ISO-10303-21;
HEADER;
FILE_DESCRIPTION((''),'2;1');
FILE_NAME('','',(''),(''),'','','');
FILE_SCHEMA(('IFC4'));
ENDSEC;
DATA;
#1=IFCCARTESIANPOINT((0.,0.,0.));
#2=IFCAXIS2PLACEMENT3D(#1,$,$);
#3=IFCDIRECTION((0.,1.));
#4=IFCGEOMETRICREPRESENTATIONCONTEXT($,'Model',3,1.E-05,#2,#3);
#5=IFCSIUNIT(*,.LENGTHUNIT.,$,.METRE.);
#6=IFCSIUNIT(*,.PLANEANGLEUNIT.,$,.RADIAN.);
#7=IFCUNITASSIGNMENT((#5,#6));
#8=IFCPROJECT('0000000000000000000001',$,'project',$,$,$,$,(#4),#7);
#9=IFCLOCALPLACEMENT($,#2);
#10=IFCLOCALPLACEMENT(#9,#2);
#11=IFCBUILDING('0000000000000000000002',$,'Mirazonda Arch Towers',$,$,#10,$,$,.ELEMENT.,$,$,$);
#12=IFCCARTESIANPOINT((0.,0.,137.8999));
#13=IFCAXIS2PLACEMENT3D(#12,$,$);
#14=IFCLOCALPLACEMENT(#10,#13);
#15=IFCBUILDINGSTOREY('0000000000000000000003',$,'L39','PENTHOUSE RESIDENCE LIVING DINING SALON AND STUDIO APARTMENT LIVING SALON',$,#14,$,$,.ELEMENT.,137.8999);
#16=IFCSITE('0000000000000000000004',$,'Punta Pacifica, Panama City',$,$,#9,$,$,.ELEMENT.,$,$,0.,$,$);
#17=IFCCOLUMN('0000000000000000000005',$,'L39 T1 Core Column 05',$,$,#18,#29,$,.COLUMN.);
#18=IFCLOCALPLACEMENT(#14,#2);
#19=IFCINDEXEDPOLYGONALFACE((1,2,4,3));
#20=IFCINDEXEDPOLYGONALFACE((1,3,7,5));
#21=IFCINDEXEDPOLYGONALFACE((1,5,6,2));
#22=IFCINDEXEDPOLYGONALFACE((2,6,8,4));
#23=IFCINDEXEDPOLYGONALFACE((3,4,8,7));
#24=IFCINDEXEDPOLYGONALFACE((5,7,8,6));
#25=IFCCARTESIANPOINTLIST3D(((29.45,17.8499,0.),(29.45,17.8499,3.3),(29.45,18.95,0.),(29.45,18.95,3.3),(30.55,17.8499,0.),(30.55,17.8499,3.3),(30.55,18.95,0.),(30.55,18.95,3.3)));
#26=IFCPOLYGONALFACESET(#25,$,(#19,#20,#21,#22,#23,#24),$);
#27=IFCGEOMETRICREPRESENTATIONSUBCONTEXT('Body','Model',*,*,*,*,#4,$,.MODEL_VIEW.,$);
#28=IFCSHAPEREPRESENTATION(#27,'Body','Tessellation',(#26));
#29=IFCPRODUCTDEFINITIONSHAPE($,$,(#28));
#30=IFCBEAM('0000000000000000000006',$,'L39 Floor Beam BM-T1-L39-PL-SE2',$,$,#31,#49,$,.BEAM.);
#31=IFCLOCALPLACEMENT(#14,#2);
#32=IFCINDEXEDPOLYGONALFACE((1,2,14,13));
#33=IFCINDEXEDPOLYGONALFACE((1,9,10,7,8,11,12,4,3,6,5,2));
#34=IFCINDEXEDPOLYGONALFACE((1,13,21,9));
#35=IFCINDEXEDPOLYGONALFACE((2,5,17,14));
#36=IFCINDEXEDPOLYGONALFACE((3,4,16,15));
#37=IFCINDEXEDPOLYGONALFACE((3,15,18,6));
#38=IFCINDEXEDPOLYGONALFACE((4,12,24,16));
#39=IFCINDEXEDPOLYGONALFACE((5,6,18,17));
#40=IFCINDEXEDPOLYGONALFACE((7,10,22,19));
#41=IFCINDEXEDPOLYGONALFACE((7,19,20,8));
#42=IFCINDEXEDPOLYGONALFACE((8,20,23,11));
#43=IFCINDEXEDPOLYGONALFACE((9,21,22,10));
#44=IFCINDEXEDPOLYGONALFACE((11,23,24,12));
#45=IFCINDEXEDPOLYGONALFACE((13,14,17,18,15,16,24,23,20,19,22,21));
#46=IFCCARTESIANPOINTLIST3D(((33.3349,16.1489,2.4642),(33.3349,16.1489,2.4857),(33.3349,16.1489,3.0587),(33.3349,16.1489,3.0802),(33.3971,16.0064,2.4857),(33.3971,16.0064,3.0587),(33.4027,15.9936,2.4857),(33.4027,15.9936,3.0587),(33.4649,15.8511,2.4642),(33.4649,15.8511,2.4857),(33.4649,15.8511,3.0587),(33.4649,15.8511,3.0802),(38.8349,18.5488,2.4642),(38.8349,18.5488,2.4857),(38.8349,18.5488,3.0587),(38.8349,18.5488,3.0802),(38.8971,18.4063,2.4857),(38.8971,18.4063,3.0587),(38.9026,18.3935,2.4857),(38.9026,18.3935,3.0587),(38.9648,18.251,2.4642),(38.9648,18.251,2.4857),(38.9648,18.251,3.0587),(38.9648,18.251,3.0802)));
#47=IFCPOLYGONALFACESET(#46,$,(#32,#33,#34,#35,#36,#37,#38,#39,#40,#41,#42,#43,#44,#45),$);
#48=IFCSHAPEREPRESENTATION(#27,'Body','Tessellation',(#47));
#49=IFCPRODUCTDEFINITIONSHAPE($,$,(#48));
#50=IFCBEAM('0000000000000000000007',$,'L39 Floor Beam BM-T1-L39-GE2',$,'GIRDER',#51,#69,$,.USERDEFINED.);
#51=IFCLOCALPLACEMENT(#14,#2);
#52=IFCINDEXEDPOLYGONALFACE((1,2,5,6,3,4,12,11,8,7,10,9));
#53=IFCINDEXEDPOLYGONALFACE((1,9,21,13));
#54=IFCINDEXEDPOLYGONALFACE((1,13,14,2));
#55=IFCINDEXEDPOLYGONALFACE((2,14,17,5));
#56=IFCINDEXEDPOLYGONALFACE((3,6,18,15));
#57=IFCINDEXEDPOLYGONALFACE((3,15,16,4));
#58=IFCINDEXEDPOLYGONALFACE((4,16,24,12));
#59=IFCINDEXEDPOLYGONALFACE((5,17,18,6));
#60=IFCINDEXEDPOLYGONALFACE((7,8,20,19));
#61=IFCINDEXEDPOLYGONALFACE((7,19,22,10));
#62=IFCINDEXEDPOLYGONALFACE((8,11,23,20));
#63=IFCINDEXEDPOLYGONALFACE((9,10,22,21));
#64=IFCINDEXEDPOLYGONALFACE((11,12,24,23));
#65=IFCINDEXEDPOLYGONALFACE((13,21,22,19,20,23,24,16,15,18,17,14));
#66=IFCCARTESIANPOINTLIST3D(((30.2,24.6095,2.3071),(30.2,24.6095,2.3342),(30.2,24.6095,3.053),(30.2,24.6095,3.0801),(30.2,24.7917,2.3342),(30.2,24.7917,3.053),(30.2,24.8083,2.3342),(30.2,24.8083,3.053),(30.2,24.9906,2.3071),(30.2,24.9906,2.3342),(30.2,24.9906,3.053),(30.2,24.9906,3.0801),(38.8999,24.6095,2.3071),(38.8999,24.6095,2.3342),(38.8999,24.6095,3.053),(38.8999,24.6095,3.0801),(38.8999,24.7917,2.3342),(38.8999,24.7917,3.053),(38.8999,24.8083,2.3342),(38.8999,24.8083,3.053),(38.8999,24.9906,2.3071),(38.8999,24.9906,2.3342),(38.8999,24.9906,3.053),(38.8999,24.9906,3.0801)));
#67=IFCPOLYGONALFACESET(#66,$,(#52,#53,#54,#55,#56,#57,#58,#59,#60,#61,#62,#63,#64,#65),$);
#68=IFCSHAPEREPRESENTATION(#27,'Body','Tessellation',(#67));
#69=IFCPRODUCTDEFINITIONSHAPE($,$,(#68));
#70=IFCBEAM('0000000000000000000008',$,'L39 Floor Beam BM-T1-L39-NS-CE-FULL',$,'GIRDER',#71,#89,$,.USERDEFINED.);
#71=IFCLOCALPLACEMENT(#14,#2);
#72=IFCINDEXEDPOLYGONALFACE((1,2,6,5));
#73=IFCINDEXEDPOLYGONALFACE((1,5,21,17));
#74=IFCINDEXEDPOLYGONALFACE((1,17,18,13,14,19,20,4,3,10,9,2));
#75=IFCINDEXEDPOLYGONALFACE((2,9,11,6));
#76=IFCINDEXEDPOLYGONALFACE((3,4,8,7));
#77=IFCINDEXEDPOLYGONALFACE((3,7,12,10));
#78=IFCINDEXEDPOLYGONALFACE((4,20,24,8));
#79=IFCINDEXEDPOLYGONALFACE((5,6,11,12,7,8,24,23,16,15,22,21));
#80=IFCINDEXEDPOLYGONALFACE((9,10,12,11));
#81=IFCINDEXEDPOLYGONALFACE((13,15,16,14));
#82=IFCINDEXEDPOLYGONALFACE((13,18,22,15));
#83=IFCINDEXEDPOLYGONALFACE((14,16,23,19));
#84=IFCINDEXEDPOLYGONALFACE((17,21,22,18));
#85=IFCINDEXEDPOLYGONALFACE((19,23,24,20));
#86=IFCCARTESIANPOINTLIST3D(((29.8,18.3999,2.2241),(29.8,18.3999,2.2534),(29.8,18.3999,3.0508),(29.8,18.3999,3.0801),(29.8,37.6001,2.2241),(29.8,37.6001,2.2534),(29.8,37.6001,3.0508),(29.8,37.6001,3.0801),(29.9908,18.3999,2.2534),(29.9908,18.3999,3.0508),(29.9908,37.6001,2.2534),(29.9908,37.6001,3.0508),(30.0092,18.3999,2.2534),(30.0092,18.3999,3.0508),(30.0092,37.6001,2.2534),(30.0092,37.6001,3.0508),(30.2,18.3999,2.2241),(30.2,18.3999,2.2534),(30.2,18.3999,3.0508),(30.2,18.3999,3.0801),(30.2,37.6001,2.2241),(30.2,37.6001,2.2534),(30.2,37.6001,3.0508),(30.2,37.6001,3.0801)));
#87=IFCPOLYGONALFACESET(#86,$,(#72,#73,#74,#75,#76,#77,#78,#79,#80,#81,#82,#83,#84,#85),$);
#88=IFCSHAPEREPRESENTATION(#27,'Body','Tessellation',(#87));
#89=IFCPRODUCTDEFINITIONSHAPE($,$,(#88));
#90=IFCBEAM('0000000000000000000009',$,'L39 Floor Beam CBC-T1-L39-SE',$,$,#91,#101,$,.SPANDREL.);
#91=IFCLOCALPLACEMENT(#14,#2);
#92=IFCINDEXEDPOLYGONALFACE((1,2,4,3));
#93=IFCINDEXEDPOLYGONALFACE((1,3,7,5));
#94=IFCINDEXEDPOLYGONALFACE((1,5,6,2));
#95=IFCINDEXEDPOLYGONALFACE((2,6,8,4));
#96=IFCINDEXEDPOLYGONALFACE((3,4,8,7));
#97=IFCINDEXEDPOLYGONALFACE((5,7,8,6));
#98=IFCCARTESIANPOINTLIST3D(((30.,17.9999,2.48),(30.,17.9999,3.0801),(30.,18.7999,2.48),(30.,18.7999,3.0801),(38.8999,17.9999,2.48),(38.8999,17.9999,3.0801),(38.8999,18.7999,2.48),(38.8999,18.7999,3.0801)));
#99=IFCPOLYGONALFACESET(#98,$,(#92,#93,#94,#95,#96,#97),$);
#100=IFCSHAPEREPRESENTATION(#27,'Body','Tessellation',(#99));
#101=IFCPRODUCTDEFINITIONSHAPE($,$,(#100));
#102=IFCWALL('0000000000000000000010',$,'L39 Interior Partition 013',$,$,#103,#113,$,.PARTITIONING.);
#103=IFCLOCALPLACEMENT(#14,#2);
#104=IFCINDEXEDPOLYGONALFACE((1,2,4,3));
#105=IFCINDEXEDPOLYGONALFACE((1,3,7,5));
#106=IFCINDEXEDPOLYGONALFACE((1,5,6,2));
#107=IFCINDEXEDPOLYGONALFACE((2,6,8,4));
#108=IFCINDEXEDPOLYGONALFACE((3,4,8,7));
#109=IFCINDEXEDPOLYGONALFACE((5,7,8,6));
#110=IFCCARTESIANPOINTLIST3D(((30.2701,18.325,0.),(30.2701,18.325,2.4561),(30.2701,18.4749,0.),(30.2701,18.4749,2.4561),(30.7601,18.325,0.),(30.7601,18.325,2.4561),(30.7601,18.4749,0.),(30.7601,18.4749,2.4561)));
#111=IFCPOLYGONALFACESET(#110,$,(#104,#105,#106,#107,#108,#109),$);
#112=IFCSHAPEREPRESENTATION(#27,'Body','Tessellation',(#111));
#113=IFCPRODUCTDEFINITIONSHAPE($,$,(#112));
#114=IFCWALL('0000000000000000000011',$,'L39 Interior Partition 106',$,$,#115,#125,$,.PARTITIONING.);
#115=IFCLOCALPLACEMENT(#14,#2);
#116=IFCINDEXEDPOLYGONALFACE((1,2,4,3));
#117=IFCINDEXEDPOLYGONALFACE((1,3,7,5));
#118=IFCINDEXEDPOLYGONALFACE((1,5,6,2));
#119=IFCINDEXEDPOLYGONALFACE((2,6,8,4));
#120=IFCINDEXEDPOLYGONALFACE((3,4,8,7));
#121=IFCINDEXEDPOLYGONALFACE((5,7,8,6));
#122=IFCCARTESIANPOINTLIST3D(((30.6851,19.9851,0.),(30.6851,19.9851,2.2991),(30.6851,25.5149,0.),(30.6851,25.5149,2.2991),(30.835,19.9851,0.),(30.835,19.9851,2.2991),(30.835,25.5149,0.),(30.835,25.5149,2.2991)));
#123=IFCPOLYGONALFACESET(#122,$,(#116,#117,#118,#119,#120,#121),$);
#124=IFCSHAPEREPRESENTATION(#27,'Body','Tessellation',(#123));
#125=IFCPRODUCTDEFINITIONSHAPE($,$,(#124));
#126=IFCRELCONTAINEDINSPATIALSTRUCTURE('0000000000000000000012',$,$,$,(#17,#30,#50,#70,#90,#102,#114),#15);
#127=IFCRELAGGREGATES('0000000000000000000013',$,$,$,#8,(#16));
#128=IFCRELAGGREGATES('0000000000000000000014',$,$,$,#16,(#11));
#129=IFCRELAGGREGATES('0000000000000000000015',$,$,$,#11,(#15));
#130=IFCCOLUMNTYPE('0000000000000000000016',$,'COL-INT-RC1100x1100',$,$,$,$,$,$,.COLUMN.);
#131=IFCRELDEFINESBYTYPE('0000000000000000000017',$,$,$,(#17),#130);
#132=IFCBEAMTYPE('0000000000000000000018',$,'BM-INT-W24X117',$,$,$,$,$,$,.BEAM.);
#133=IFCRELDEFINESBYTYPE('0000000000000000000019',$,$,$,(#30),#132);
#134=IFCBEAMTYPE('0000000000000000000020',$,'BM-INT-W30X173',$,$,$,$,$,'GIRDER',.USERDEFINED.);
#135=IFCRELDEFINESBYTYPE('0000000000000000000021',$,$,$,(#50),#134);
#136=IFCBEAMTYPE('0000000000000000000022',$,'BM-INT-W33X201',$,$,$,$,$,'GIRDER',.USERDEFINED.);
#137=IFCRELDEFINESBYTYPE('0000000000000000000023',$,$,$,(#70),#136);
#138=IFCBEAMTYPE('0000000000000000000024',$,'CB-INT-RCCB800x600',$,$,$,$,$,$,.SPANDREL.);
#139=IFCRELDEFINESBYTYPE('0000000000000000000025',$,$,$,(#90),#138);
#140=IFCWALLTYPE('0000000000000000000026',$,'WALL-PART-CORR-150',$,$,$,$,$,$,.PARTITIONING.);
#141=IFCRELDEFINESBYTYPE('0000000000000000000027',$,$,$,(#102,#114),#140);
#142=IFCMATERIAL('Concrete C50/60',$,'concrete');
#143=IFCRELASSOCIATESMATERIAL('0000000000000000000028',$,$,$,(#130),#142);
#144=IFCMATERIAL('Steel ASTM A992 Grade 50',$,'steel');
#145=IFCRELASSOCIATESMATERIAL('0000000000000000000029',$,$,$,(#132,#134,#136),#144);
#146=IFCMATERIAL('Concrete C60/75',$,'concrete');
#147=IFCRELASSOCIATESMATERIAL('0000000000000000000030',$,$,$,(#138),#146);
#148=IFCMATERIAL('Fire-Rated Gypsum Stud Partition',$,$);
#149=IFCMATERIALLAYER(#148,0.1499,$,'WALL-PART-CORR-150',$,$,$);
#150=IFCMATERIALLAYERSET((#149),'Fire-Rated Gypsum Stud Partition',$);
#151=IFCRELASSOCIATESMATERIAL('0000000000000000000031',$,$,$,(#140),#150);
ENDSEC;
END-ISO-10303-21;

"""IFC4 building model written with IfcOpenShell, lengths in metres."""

from ifc_helpers import new_model, si_unit, direction, frame, frame_2d, origin, origin_2d, place, context, subcontext, project, spatial, rectangle, i_section, extrude, material, layer, layer_set, material_profile, profile_set, type_object, element, save


model = new_model("IFC4")

# Units and contexts
model_context = context("Model", 3, precision=1e-05, world=origin(), true_north=direction((0.0, 1.0)))
body_context = subcontext(model_context, "Body", "Model", "MODEL_VIEW")
ifc_project = project(units=[si_unit("LENGTHUNIT", "METRE"), si_unit("PLANEANGLEUNIT", "RADIAN")], contexts=[model_context])

# Site, building, storey
site_placement = place(None, origin())
site = spatial("IfcSite", under=ifc_project, at=site_placement, Name="Punta Pacifica, Panama City", CompositionType="ELEMENT", RefElevation=0.0)
building_placement = place(site_placement, origin())
building = spatial("IfcBuilding", under=site, at=building_placement, Name="Mirazonda Arch Towers", CompositionType="ELEMENT")
storey_placement = place(building_placement, frame((0.0, 0.0, 137.8999)))
storey = spatial("IfcBuildingStorey", under=building, at=storey_placement, Name="L39", Description="PENTHOUSE RESIDENCE LIVING DINING SALON AND STUDIO APARTMENT LIVING SALON", CompositionType="ELEMENT", Elevation=137.8999)

# Column
ifc_material_1 = material(Name="Concrete C50/60", Category="concrete")
ifc_material_profile_1 = material_profile(ifc_material_1, rectangle(XDim=1.1001, YDim=1.1001, at=origin_2d()), Name="RC1100x1100")
ifc_profile_set_1 = profile_set([ifc_material_profile_1], Name="Concrete C50/60")
column_type = type_object("IfcColumnType", Name="COL-INT-RC1100x1100", PredefinedType="COLUMN", material=ifc_profile_set_1)
column_placement = place(storey_placement, frame((30.0, 18.3999, 0.0), z_axis=(0.0, 0.0, 1.0), x_axis=(1.0, 0.0, 0.0)))
element("IfcColumn", 1, at=column_placement, inside=storey, type_object=column_type, Name="L39 T1 Core Column 05", PredefinedType="COLUMN", context=body_context, shape_type="SweptSolid", body=[
    extrude(rectangle(XDim=1.1001, YDim=1.1001, at=origin_2d()), origin(), (0.0, 0.0, 1.0), 3.3),
])

# Beams
ifc_material_2 = material(Name="Steel ASTM A992 Grade 50", Category="steel")
ifc_material_profile_2 = material_profile(ifc_material_2, i_section(OverallWidth=0.325, OverallDepth=0.616, WebThickness=0.0139, FlangeThickness=0.0215, at=origin_2d()), Name="W24X117")
ifc_profile_set_2 = profile_set([ifc_material_profile_2], Name="Steel ASTM A992 Grade 50")
beam_type_1 = type_object("IfcBeamType", Name="BM-INT-W24X117", PredefinedType="BEAM", material=ifc_profile_set_2)
beam_1_placement = place(storey_placement, frame((33.3999, 16.0, 2.7722), z_axis=(0.916545, 0.399931, 0.0), x_axis=(-0.399931, 0.916545, 0.0)))
element("IfcBeam", 2, at=beam_1_placement, inside=storey, type_object=beam_type_1, Name="L39 Floor Beam BM-T1-L39-PL-SE2", PredefinedType="BEAM", context=body_context, shape_type="SweptSolid", body=[
    extrude(i_section(OverallWidth=0.325, OverallDepth=0.616, WebThickness=0.0139, FlangeThickness=0.0215, at=origin_2d()), origin(), (0.0, 0.0, 1.0), 6.0007),
])
ifc_material_profile_3 = material_profile(ifc_material_2, i_section(OverallWidth=0.3811, OverallDepth=0.7729, WebThickness=0.0166, FlangeThickness=0.0271, at=origin_2d()), Name="W30X173")
ifc_profile_set_3 = profile_set([ifc_material_profile_3], Name="Steel ASTM A992 Grade 50")
beam_type_2 = type_object("IfcBeamType", Name="BM-INT-W30X173", ElementType="GIRDER", PredefinedType="USERDEFINED", material=ifc_profile_set_3)
beam_2_placement = place(storey_placement, frame((30.2, 24.8, 2.6936), z_axis=(1.0, 0.0, 0.0), x_axis=(0.0, 1.0, 0.0)))
element("IfcBeam", 3, at=beam_2_placement, inside=storey, type_object=beam_type_2, Name="L39 Floor Beam BM-T1-L39-GE2", ObjectType="GIRDER", PredefinedType="USERDEFINED", context=body_context, shape_type="SweptSolid", body=[
    extrude(i_section(OverallWidth=0.3811, OverallDepth=0.7729, WebThickness=0.0166, FlangeThickness=0.0271, at=origin_2d()), origin(), (0.0, 0.0, 1.0), 8.7),
])
ifc_material_profile_4 = material_profile(ifc_material_2, i_section(OverallWidth=0.3999, OverallDepth=0.856, WebThickness=0.0183, FlangeThickness=0.0293, at=origin_2d()), Name="W33X201")
ifc_profile_set_4 = profile_set([ifc_material_profile_4], Name="Steel ASTM A992 Grade 50")
beam_type_3 = type_object("IfcBeamType", Name="BM-INT-W33X201", ElementType="GIRDER", PredefinedType="USERDEFINED", material=ifc_profile_set_4)
beam_3_placement = place(storey_placement, frame((30.0, 18.3999, 2.6521), z_axis=(0.0, 1.0, 0.0), x_axis=(-1.0, 0.0, 0.0)))
element("IfcBeam", 4, at=beam_3_placement, inside=storey, type_object=beam_type_3, Name="L39 Floor Beam BM-T1-L39-NS-CE-FULL", ObjectType="GIRDER", PredefinedType="USERDEFINED", context=body_context, shape_type="SweptSolid", body=[
    extrude(i_section(OverallWidth=0.3999, OverallDepth=0.856, WebThickness=0.0183, FlangeThickness=0.0293, at=origin_2d()), origin(), (0.0, 0.0, 1.0), 19.2002),
])
ifc_material_3 = material(Name="Concrete C60/75", Category="concrete")
ifc_material_profile_5 = material_profile(ifc_material_3, rectangle(XDim=0.8, YDim=0.6001, at=origin_2d()), Name="RCCB800x600")
ifc_profile_set_5 = profile_set([ifc_material_profile_5], Name="Concrete C60/75")
beam_type_4 = type_object("IfcBeamType", Name="CB-INT-RCCB800x600", PredefinedType="SPANDREL", material=ifc_profile_set_5)
beam_4_placement = place(storey_placement, frame((30.0, 18.3999, 2.78), z_axis=(1.0, 0.0, 0.0), x_axis=(0.0, 1.0, 0.0)))
element("IfcBeam", 5, at=beam_4_placement, inside=storey, type_object=beam_type_4, Name="L39 Floor Beam CBC-T1-L39-SE", PredefinedType="SPANDREL", context=body_context, shape_type="SweptSolid", body=[
    extrude(rectangle(XDim=0.8, YDim=0.6001, at=origin_2d()), origin(), (0.0, 0.0, 1.0), 8.8999),
])

# Walls
ifc_material_4 = material(Name="Fire-Rated Gypsum Stud Partition")
ifc_layer_1 = layer(ifc_material_4, 0.1499, Name="WALL-PART-CORR-150")
ifc_layer_set_1 = layer_set([ifc_layer_1], Name="Fire-Rated Gypsum Stud Partition")
wall_type_1 = type_object("IfcWallType", Name="WALL-PART-CORR-150", PredefinedType="PARTITIONING", material=ifc_layer_set_1)
wall_1_placement = place(storey_placement, frame((30.27, 18.3999, 0.0), z_axis=(0.0, 0.0, 1.0), x_axis=(1.0, 0.0, 0.0)))
element("IfcWall", 6, at=wall_1_placement, inside=storey, type_object=wall_type_1, Name="L39 Interior Partition 013", PredefinedType="PARTITIONING", context=body_context, shape_type="SweptSolid", body=[
    extrude(rectangle(XDim=0.49, YDim=0.1499, at=frame_2d((0.2451, 0.0))), origin(), (0.0, 0.0, 1.0), 2.4561),
])
wall_2_placement = place(storey_placement, frame((30.76, 19.9851, 0.0), z_axis=(0.0, 0.0, 1.0), x_axis=(0.0, 1.0, 0.0)))
element("IfcWall", 7, at=wall_2_placement, inside=storey, type_object=wall_type_1, Name="L39 Interior Partition 106", PredefinedType="PARTITIONING", context=body_context, shape_type="SweptSolid", body=[
    extrude(rectangle(XDim=5.5298, YDim=0.1499, at=frame_2d((2.7649, 0.0))), origin(), (0.0, 0.0, 1.0), 2.2991),
])

save(model, "model.ifc")
